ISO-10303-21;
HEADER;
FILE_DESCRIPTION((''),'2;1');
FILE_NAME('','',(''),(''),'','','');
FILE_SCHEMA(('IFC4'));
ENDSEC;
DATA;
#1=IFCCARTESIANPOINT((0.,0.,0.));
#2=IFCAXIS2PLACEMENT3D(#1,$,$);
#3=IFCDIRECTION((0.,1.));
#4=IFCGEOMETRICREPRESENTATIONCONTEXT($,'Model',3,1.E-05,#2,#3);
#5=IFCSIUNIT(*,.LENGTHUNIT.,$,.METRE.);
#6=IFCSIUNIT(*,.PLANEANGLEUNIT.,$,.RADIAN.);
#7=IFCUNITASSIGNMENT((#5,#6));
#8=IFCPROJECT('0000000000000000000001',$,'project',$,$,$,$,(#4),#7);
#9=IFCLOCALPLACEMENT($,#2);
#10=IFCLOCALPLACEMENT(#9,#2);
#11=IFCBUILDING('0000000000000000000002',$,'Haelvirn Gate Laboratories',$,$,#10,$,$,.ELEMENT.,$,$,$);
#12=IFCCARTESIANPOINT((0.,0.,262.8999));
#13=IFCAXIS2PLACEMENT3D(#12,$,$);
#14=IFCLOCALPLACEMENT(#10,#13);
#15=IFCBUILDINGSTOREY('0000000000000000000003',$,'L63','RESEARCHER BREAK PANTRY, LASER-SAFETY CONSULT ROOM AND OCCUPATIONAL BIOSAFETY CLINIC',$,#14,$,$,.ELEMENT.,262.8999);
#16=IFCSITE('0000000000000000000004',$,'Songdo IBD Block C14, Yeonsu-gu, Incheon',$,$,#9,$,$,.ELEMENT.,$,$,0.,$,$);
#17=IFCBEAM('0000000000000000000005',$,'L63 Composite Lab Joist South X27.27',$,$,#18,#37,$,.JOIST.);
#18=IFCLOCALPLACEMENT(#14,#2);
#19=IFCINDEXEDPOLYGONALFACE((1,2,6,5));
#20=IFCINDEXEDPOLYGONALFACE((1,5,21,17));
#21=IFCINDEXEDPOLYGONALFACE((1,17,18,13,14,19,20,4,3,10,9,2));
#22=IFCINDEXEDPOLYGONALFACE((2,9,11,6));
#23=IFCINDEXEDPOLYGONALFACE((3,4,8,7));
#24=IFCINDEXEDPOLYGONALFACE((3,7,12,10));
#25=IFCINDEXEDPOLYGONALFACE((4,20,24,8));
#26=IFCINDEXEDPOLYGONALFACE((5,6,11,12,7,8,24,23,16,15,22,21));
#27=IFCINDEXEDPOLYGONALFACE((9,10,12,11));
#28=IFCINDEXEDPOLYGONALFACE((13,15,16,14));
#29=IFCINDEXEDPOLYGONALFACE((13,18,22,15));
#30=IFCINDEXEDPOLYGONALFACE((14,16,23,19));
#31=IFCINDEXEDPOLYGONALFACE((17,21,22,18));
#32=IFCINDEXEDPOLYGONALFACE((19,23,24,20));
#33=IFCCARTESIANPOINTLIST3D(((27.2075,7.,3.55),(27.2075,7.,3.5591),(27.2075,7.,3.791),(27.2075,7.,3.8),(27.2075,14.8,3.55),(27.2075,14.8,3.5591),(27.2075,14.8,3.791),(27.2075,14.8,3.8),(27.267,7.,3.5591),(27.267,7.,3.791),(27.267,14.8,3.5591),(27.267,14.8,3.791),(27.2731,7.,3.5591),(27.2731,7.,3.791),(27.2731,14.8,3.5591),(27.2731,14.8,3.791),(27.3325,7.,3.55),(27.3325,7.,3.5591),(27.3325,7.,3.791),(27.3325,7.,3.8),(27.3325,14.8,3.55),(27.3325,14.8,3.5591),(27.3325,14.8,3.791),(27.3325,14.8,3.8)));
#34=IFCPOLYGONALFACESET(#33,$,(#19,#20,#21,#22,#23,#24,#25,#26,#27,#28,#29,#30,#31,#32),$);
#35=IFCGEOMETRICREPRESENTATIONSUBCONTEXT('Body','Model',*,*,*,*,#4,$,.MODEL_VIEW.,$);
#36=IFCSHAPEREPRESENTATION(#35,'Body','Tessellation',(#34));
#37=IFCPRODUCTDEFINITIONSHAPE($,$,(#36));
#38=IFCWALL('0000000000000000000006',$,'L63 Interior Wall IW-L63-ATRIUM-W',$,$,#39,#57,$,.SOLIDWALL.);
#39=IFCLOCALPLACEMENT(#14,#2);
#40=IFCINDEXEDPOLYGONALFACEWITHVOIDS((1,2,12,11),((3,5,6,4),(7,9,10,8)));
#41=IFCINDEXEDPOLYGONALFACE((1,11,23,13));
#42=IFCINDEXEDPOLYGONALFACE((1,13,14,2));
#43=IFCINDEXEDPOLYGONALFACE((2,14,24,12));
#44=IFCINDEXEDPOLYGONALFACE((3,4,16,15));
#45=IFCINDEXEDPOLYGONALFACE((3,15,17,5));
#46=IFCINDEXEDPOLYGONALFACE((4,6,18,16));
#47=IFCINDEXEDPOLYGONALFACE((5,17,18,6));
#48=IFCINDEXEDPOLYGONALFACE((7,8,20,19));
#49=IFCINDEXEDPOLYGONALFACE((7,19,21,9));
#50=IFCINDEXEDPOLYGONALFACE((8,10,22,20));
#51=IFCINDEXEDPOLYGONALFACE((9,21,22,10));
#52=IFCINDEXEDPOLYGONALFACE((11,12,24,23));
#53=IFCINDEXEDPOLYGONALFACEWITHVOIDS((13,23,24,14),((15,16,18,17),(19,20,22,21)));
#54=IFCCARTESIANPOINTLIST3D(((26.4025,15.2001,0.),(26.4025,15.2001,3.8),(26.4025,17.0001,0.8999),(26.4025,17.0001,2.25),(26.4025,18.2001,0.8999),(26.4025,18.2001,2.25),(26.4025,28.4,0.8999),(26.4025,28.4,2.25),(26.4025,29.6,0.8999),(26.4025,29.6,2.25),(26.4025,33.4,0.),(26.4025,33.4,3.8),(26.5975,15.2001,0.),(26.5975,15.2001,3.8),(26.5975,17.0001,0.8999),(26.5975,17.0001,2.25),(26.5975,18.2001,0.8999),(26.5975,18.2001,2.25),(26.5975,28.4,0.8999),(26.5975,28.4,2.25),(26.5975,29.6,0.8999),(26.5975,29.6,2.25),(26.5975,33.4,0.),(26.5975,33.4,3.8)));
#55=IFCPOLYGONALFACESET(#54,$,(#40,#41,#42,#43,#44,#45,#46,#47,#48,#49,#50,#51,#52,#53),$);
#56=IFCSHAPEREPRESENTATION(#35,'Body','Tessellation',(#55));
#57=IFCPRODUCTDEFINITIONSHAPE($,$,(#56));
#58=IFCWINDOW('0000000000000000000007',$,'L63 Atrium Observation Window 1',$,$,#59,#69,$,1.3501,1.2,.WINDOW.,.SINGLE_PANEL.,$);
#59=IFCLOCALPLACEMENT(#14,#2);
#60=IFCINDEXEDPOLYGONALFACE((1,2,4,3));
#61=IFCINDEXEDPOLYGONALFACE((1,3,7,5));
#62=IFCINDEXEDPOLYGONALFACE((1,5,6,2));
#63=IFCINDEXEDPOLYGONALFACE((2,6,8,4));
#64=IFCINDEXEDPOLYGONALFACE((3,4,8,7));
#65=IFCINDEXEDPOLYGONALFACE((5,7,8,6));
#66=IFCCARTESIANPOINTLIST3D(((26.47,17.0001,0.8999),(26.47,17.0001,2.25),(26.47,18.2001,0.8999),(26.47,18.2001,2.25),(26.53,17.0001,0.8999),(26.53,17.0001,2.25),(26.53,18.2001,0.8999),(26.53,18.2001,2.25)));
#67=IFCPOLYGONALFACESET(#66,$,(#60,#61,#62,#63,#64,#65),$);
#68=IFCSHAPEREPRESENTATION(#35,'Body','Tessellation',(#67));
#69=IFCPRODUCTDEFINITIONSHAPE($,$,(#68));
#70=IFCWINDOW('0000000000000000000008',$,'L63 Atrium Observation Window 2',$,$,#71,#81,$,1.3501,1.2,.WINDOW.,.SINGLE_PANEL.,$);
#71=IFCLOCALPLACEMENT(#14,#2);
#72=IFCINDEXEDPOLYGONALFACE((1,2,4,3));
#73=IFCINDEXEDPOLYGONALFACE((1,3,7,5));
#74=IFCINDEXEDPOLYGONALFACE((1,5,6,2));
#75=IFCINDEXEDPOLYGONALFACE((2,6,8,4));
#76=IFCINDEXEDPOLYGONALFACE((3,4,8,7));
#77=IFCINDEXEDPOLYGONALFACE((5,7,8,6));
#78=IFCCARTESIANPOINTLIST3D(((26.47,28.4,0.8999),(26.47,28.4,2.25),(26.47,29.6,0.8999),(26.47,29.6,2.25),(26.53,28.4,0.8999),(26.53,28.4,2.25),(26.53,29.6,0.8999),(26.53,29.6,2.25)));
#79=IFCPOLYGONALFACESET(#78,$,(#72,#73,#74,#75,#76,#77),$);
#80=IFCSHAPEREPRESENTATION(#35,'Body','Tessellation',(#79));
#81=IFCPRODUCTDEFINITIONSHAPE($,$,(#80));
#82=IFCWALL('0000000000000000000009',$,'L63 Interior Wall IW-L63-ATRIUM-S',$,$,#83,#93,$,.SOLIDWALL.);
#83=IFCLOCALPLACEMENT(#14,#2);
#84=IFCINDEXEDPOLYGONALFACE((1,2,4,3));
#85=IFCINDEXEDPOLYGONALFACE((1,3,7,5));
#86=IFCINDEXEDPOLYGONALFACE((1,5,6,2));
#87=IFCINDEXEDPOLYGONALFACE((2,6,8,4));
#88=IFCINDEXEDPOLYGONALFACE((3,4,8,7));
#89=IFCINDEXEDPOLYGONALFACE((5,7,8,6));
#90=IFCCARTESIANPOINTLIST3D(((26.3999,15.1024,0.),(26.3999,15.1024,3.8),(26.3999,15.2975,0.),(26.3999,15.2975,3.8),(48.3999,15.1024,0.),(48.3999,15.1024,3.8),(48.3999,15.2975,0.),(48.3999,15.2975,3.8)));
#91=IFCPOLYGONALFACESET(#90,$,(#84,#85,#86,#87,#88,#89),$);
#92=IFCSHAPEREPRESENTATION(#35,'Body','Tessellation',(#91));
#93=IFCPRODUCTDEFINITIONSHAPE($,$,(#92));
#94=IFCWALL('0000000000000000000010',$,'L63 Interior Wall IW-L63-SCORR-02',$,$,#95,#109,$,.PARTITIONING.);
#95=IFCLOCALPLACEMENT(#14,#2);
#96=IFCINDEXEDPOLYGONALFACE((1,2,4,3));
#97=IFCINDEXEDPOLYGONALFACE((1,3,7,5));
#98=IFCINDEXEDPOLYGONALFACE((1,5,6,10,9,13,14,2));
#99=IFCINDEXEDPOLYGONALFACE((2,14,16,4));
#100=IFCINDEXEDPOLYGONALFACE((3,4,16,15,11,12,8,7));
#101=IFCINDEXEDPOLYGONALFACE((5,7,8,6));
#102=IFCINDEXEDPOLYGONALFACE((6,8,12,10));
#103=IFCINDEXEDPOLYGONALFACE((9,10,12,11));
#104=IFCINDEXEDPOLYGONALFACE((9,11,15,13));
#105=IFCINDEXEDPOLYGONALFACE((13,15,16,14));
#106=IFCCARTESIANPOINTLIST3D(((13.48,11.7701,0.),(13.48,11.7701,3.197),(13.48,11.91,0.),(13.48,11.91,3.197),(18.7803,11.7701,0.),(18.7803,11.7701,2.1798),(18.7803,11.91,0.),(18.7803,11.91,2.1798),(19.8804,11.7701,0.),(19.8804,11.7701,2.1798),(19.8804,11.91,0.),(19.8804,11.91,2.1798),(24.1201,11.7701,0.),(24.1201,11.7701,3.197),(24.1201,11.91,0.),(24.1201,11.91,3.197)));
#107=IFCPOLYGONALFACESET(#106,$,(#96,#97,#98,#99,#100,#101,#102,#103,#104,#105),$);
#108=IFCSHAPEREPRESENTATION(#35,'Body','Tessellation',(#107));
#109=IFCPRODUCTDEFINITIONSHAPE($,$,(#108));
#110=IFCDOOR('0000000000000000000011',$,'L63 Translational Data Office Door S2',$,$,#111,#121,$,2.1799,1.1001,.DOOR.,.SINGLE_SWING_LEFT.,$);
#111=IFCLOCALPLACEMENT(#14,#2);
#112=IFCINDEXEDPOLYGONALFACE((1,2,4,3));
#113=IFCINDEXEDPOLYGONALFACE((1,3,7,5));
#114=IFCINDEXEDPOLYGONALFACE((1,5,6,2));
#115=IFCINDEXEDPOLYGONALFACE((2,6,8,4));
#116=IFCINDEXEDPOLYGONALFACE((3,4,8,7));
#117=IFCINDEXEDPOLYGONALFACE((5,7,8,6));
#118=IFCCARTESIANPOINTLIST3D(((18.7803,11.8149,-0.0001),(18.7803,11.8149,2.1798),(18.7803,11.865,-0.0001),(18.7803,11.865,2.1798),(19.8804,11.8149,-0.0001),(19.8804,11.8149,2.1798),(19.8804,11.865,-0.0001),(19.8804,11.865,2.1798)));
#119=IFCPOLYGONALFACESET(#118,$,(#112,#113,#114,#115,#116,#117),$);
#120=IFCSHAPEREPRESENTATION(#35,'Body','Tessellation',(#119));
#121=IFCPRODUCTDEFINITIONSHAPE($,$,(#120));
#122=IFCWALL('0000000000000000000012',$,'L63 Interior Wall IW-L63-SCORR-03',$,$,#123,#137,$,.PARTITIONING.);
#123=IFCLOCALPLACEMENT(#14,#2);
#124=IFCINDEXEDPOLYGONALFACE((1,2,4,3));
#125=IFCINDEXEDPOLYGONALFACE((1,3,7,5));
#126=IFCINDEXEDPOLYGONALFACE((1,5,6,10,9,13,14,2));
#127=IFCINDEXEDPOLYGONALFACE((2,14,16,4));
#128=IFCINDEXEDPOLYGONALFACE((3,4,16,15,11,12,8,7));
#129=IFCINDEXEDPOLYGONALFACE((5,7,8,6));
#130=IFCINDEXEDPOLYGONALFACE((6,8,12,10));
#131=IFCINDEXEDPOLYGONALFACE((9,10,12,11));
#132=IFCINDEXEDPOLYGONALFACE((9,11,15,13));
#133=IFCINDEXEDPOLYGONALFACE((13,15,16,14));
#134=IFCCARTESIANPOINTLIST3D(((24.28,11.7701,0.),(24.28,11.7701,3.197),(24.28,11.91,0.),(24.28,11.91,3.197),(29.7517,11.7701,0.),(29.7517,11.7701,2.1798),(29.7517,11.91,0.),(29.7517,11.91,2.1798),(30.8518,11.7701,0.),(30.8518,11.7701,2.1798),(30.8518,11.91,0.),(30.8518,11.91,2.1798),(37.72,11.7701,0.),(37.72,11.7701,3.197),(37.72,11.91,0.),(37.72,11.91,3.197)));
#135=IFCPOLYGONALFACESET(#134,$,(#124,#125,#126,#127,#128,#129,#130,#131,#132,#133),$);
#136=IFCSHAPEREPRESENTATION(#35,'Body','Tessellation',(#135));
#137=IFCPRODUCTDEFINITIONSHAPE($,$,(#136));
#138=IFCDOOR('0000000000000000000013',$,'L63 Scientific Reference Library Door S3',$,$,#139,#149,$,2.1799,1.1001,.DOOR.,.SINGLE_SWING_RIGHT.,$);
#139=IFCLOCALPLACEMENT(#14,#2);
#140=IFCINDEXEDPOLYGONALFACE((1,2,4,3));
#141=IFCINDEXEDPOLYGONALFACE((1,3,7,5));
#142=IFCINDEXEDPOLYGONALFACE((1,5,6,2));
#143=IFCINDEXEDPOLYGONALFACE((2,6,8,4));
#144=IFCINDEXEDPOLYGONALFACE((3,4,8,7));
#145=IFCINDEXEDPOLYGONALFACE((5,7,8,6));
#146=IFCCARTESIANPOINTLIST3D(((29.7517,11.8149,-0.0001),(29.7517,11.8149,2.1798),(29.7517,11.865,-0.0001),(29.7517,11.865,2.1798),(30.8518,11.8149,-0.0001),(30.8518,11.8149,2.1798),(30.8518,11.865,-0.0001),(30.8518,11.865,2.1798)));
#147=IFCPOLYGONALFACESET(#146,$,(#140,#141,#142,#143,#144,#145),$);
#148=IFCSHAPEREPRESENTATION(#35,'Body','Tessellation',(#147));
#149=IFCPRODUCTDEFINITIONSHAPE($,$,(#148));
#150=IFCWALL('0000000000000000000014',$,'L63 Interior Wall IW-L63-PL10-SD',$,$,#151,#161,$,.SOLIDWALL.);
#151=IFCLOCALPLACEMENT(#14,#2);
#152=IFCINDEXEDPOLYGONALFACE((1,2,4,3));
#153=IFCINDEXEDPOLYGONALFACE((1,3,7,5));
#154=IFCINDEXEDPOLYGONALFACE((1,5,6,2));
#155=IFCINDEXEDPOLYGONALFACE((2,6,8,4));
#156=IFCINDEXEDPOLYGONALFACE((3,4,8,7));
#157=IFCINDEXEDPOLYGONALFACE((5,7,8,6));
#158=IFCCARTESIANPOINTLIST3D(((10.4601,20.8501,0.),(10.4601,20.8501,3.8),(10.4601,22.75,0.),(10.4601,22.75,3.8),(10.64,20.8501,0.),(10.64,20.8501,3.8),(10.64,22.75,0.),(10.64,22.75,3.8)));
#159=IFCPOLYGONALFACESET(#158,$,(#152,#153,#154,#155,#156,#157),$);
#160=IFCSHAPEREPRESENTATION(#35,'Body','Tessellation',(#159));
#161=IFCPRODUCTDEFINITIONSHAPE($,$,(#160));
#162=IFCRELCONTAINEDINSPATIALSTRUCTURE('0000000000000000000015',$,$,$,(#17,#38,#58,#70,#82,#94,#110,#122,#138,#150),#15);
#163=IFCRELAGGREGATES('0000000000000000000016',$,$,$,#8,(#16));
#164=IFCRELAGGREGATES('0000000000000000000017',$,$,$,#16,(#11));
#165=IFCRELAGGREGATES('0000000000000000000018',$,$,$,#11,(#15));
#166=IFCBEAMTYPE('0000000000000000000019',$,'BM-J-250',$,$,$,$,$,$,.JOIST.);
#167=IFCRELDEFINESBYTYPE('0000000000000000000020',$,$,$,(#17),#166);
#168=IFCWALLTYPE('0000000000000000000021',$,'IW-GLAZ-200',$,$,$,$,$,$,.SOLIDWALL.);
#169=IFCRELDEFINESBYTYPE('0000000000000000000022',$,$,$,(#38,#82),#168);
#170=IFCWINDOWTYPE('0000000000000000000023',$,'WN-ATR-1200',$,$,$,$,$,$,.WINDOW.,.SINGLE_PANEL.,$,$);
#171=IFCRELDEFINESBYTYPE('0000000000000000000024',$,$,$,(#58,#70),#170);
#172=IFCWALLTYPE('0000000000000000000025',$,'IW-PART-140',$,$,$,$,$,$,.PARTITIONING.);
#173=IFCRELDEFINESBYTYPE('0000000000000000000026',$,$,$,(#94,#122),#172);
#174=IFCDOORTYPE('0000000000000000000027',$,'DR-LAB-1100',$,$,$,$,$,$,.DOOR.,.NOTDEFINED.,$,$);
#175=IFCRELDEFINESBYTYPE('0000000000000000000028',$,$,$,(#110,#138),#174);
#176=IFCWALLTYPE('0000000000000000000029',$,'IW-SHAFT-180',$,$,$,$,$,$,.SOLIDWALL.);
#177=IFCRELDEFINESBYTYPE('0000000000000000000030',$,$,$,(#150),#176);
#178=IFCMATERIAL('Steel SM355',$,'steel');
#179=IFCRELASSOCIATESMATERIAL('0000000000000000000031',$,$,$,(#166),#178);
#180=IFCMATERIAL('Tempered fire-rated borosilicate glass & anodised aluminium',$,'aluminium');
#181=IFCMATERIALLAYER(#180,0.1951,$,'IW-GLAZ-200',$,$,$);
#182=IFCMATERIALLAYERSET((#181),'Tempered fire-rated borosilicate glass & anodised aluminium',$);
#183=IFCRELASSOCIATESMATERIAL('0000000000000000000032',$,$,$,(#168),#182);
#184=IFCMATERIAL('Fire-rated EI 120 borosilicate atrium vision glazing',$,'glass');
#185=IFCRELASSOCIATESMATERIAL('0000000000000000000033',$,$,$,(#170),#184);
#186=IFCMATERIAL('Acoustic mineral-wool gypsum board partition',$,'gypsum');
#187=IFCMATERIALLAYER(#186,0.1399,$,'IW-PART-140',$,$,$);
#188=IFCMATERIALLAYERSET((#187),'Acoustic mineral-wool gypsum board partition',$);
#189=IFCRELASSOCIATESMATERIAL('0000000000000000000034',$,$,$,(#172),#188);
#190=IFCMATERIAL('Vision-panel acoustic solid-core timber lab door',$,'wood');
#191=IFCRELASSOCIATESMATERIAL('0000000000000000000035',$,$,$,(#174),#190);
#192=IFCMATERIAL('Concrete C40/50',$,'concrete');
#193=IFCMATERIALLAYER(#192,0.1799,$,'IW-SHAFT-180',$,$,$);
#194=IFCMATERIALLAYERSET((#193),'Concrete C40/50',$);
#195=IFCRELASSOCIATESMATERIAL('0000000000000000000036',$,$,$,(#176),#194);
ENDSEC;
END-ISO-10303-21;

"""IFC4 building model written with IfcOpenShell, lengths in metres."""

from ifc_helpers import new_model, si_unit, direction, frame, frame_2d, origin, origin_2d, place, context, subcontext, project, spatial, rectangle, i_section, extrude, source, transform, mapped, material, layer, layer_set, material_profile, profile_set, type_object, type_shapes, element, fill, save


model = new_model("IFC4")

# Units and contexts
model_context = context("Model", 3, precision=1e-05, world=origin(), true_north=direction((0.0, 1.0)))
body_context = subcontext(model_context, "Body", "Model", "MODEL_VIEW")
ifc_project = project(units=[si_unit("LENGTHUNIT", "METRE"), si_unit("PLANEANGLEUNIT", "RADIAN")], contexts=[model_context])

# Site, building, storey
site_placement = place(None, origin())
site = spatial("IfcSite", under=ifc_project, at=site_placement, Name="Songdo IBD Block C14, Yeonsu-gu, Incheon", CompositionType="ELEMENT", RefElevation=0.0)
building_placement = place(site_placement, origin())
building = spatial("IfcBuilding", under=site, at=building_placement, Name="Haelvirn Gate Laboratories", CompositionType="ELEMENT")
storey_placement = place(building_placement, frame((0.0, 0.0, 262.8999)))
storey = spatial("IfcBuildingStorey", under=building, at=storey_placement, Name="L63", Description="RESEARCHER BREAK PANTRY, LASER-SAFETY CONSULT ROOM AND OCCUPATIONAL BIOSAFETY CLINIC", CompositionType="ELEMENT", Elevation=262.8999)

# Shared definitions
ifc_material_1 = material(Name="Steel SM355", Category="steel")

# Beam
ifc_material_profile_1 = material_profile(ifc_material_1, i_section(OverallWidth=0.125, OverallDepth=0.25, WebThickness=0.0061, FlangeThickness=0.009, at=origin_2d()), Name="H-250x125x6x9")
ifc_profile_set_1 = profile_set([ifc_material_profile_1], Name="Steel SM355")
beam_type_1 = type_object("IfcBeamType", Name="BM-J-250", PredefinedType="JOIST", material=ifc_profile_set_1)
shared_shape_1 = source(origin(), body_context, "Body", "SweptSolid", [
    extrude(i_section(OverallWidth=0.125, OverallDepth=0.25, WebThickness=0.0061, FlangeThickness=0.009, at=origin_2d()), origin(), (0.0, 0.0, 1.0), 7.8),
])
type_shapes(beam_type_1, [shared_shape_1])
for number, where, z_axis, x_axis, name in (
    (1, (27.27, 7.0, 3.675), (0.0, 1.0, 0.0), (-1.0, 0.0, 0.0), "L63 Composite Lab Joist South X27.27"),
):
    element("IfcBeam", number, at=place(storey_placement, frame(where, z_axis=z_axis, x_axis=x_axis)), inside=storey, type_object=beam_type_1, Name=name, PredefinedType="JOIST", context=body_context, shape_type="MappedRepresentation", body=[
        mapped(shared_shape_1, transform((0.0, 0.0, 0.0), scale=1.0)),
    ])

# Wall, openings, windows
ifc_material_2 = material(Name="Tempered fire-rated borosilicate glass & anodised aluminium", Category="aluminium")
ifc_layer_1 = layer(ifc_material_2, 0.1951, Name="IW-GLAZ-200")
ifc_layer_set_1 = layer_set([ifc_layer_1], Name="Tempered fire-rated borosilicate glass & anodised aluminium")
wall_type_1 = type_object("IfcWallType", Name="IW-GLAZ-200", PredefinedType="SOLIDWALL", material=ifc_layer_set_1)
wall_1_placement = place(storey_placement, frame((26.5, 15.2, 0.0), z_axis=(0.0, 0.0, 1.0), x_axis=(0.0, 1.0, 0.0)))
wall_1 = element("IfcWall", 2, at=wall_1_placement, inside=storey, type_object=wall_type_1, Name="L63 Interior Wall IW-L63-ATRIUM-W", PredefinedType="SOLIDWALL", context=body_context, shape_type="SweptSolid", body=[
    extrude(rectangle(XDim=18.2, YDim=0.1951, at=frame_2d((9.1001, 0.0))), origin(), (0.0, 0.0, 1.0), 3.8),
])
opening_1_placement = place(wall_1_placement, frame((1.8, 0.0, 0.8999)))
opening_1 = element("IfcOpeningElement", 3, at=opening_1_placement, cuts=wall_1, PredefinedType="OPENING", context=body_context, shape_type="SweptSolid", body=[
    extrude(rectangle(XDim=1.2, YDim=1.3501, at=frame_2d((0.6001, 0.675))), frame((0.0, 0.1074, 0.0), z_axis=(0.0, -1.0, 0.0), x_axis=(1.0, 0.0, 0.0)), (0.0, 0.0, 1.0), 0.2151),
])
opening_2_placement = place(wall_1_placement, frame((13.2, 0.0, 0.8999)))
opening_2 = element("IfcOpeningElement", 4, at=opening_2_placement, cuts=wall_1, PredefinedType="OPENING", context=body_context, shape_type="SweptSolid", body=[
    extrude(rectangle(XDim=1.2, YDim=1.3501, at=frame_2d((0.6001, 0.675))), frame((0.0, 0.1074, 0.0), z_axis=(0.0, -1.0, 0.0), x_axis=(1.0, 0.0, 0.0)), (0.0, 0.0, 1.0), 0.2151),
])
ifc_material_3 = material(Name="Fire-rated EI 120 borosilicate atrium vision glazing", Category="glass")
window_type = type_object("IfcWindowType", Name="WN-ATR-1200", PartitioningType="SINGLE_PANEL", PredefinedType="WINDOW", material=ifc_material_3)
shared_shape_2 = source(origin(), body_context, "Body", "SweptSolid", [
    extrude(rectangle(XDim=1.2, YDim=1.3501, at=frame_2d((0.6001, 0.675))), frame((0.0, 0.03, 0.0), z_axis=(0.0, -1.0, 0.0), x_axis=(1.0, 0.0, 0.0)), (0.0, 0.0, 1.0), 0.0601),
])
type_shapes(window_type, [shared_shape_2])
window_1_placement = place(opening_1_placement, origin())
window_1 = element("IfcWindow", 5, at=window_1_placement, inside=storey, type_object=window_type, Name="L63 Atrium Observation Window 1", OverallHeight=1.3501, OverallWidth=1.2, PartitioningType="SINGLE_PANEL", PredefinedType="WINDOW", context=body_context, shape_type="MappedRepresentation", body=[
    mapped(shared_shape_2, transform((0.0, 0.0, 0.0), scale=1.0)),
])
fill(opening_1, window_1)
window_2_placement = place(opening_2_placement, origin())
window_2 = element("IfcWindow", 6, at=window_2_placement, inside=storey, type_object=window_type, Name="L63 Atrium Observation Window 2", OverallHeight=1.3501, OverallWidth=1.2, PartitioningType="SINGLE_PANEL", PredefinedType="WINDOW", context=body_context, shape_type="MappedRepresentation", body=[
    mapped(shared_shape_2, transform((0.0, 0.0, 0.0), scale=1.0)),
])
fill(opening_2, window_2)

# Wall
wall_2_placement = place(storey_placement, frame((26.3999, 15.2, 0.0), z_axis=(0.0, 0.0, 1.0), x_axis=(1.0, 0.0, 0.0)))
element("IfcWall", 7, at=wall_2_placement, inside=storey, type_object=wall_type_1, Name="L63 Interior Wall IW-L63-ATRIUM-S", PredefinedType="SOLIDWALL", context=body_context, shape_type="SweptSolid", body=[
    extrude(rectangle(XDim=22.0, YDim=0.1951, at=frame_2d((11.0, 0.0))), origin(), (0.0, 0.0, 1.0), 3.8),
])

# Walls, openings, doors
ifc_material_4 = material(Name="Acoustic mineral-wool gypsum board partition", Category="gypsum")
ifc_layer_2 = layer(ifc_material_4, 0.1399, Name="IW-PART-140")
ifc_layer_set_2 = layer_set([ifc_layer_2], Name="Acoustic mineral-wool gypsum board partition")
wall_type_2 = type_object("IfcWallType", Name="IW-PART-140", PredefinedType="PARTITIONING", material=ifc_layer_set_2)
wall_3_placement = place(storey_placement, frame((13.48, 11.8401, 0.0), z_axis=(0.0, 0.0, 1.0), x_axis=(1.0, 0.0, 0.0)))
wall_3 = element("IfcWall", 8, at=wall_3_placement, inside=storey, type_object=wall_type_2, Name="L63 Interior Wall IW-L63-SCORR-02", PredefinedType="PARTITIONING", context=body_context, shape_type="SweptSolid", body=[
    extrude(rectangle(XDim=10.6401, YDim=0.1399, at=frame_2d((5.3201, 0.0))), origin(), (0.0, 0.0, 1.0), 3.197),
])
opening_3_placement = place(wall_3_placement, frame((5.3003, 0.0, 0.0)))
opening_3 = element("IfcOpeningElement", 9, at=opening_3_placement, cuts=wall_3, PredefinedType="OPENING", context=body_context, shape_type="SweptSolid", body=[
    extrude(rectangle(XDim=1.1001, YDim=2.1799, at=frame_2d((0.55, 1.0898))), frame((0.0, 0.0801, 0.0), z_axis=(0.0, -1.0, 0.0), x_axis=(1.0, 0.0, 0.0)), (0.0, 0.0, 1.0), 0.1599),
])
ifc_material_5 = material(Name="Vision-panel acoustic solid-core timber lab door", Category="wood")
door_type_1 = type_object("IfcDoorType", Name="DR-LAB-1100", OperationType="NOTDEFINED", PredefinedType="DOOR", material=ifc_material_5)
shared_shape_3 = source(origin(), body_context, "Body", "SweptSolid", [
    extrude(rectangle(XDim=1.1001, YDim=2.1799, at=frame_2d((0.55, 1.0898))), frame((0.0, 0.0249, 0.0), z_axis=(0.0, -1.0, 0.0), x_axis=(1.0, 0.0, 0.0)), (0.0, 0.0, 1.0), 0.05),
])
type_shapes(door_type_1, [shared_shape_3])
door_1_placement = place(opening_3_placement, origin())
door_1 = element("IfcDoor", 10, at=door_1_placement, inside=storey, type_object=door_type_1, Name="L63 Translational Data Office Door S2", OperationType="SINGLE_SWING_LEFT", OverallHeight=2.1799, OverallWidth=1.1001, PredefinedType="DOOR", context=body_context, shape_type="MappedRepresentation", body=[
    mapped(shared_shape_3, transform((0.0, 0.0, 0.0), scale=1.0)),
])
fill(opening_3, door_1)
wall_4_placement = place(storey_placement, frame((24.28, 11.8401, 0.0), z_axis=(0.0, 0.0, 1.0), x_axis=(1.0, 0.0, 0.0)))
wall_4 = element("IfcWall", 11, at=wall_4_placement, inside=storey, type_object=wall_type_2, Name="L63 Interior Wall IW-L63-SCORR-03", PredefinedType="PARTITIONING", context=body_context, shape_type="SweptSolid", body=[
    extrude(rectangle(XDim=13.4399, YDim=0.1399, at=frame_2d((6.72, 0.0))), origin(), (0.0, 0.0, 1.0), 3.197),
])
opening_4_placement = place(wall_4_placement, frame((5.4717, 0.0, 0.0)))
opening_4 = element("IfcOpeningElement", 12, at=opening_4_placement, cuts=wall_4, PredefinedType="OPENING", context=body_context, shape_type="SweptSolid", body=[
    extrude(rectangle(XDim=1.1001, YDim=2.1799, at=frame_2d((0.55, 1.0898))), frame((0.0, 0.0801, 0.0), z_axis=(0.0, -1.0, 0.0), x_axis=(1.0, 0.0, 0.0)), (0.0, 0.0, 1.0), 0.1599),
])
door_2_placement = place(opening_4_placement, origin())
door_2 = element("IfcDoor", 13, at=door_2_placement, inside=storey, type_object=door_type_1, Name="L63 Scientific Reference Library Door S3", OperationType="SINGLE_SWING_RIGHT", OverallHeight=2.1799, OverallWidth=1.1001, PredefinedType="DOOR", context=body_context, shape_type="MappedRepresentation", body=[
    mapped(shared_shape_3, transform((0.0, 0.0, 0.0), scale=1.0)),
])
fill(opening_4, door_2)

# Wall
ifc_material_6 = material(Name="Concrete C40/50", Category="concrete")
ifc_layer_3 = layer(ifc_material_6, 0.1799, Name="IW-SHAFT-180")
ifc_layer_set_3 = layer_set([ifc_layer_3], Name="Concrete C40/50")
wall_type_3 = type_object("IfcWallType", Name="IW-SHAFT-180", PredefinedType="SOLIDWALL", material=ifc_layer_set_3)
for number, where, z_axis, x_axis, name in (
    (14, (10.55, 20.8501, 0.0), (0.0, 0.0, 1.0), (0.0, 1.0, 0.0), "L63 Interior Wall IW-L63-PL10-SD"),
):
    element("IfcWall", number, at=place(storey_placement, frame(where, z_axis=z_axis, x_axis=x_axis)), inside=storey, type_object=wall_type_3, Name=name, PredefinedType="SOLIDWALL", context=body_context, shape_type="SweptSolid", body=[
        extrude(rectangle(XDim=1.8999, YDim=0.1799, at=frame_2d((0.95, 0.0))), origin(), (0.0, 0.0, 1.0), 3.8),
    ])

save(model, "model.ifc")
